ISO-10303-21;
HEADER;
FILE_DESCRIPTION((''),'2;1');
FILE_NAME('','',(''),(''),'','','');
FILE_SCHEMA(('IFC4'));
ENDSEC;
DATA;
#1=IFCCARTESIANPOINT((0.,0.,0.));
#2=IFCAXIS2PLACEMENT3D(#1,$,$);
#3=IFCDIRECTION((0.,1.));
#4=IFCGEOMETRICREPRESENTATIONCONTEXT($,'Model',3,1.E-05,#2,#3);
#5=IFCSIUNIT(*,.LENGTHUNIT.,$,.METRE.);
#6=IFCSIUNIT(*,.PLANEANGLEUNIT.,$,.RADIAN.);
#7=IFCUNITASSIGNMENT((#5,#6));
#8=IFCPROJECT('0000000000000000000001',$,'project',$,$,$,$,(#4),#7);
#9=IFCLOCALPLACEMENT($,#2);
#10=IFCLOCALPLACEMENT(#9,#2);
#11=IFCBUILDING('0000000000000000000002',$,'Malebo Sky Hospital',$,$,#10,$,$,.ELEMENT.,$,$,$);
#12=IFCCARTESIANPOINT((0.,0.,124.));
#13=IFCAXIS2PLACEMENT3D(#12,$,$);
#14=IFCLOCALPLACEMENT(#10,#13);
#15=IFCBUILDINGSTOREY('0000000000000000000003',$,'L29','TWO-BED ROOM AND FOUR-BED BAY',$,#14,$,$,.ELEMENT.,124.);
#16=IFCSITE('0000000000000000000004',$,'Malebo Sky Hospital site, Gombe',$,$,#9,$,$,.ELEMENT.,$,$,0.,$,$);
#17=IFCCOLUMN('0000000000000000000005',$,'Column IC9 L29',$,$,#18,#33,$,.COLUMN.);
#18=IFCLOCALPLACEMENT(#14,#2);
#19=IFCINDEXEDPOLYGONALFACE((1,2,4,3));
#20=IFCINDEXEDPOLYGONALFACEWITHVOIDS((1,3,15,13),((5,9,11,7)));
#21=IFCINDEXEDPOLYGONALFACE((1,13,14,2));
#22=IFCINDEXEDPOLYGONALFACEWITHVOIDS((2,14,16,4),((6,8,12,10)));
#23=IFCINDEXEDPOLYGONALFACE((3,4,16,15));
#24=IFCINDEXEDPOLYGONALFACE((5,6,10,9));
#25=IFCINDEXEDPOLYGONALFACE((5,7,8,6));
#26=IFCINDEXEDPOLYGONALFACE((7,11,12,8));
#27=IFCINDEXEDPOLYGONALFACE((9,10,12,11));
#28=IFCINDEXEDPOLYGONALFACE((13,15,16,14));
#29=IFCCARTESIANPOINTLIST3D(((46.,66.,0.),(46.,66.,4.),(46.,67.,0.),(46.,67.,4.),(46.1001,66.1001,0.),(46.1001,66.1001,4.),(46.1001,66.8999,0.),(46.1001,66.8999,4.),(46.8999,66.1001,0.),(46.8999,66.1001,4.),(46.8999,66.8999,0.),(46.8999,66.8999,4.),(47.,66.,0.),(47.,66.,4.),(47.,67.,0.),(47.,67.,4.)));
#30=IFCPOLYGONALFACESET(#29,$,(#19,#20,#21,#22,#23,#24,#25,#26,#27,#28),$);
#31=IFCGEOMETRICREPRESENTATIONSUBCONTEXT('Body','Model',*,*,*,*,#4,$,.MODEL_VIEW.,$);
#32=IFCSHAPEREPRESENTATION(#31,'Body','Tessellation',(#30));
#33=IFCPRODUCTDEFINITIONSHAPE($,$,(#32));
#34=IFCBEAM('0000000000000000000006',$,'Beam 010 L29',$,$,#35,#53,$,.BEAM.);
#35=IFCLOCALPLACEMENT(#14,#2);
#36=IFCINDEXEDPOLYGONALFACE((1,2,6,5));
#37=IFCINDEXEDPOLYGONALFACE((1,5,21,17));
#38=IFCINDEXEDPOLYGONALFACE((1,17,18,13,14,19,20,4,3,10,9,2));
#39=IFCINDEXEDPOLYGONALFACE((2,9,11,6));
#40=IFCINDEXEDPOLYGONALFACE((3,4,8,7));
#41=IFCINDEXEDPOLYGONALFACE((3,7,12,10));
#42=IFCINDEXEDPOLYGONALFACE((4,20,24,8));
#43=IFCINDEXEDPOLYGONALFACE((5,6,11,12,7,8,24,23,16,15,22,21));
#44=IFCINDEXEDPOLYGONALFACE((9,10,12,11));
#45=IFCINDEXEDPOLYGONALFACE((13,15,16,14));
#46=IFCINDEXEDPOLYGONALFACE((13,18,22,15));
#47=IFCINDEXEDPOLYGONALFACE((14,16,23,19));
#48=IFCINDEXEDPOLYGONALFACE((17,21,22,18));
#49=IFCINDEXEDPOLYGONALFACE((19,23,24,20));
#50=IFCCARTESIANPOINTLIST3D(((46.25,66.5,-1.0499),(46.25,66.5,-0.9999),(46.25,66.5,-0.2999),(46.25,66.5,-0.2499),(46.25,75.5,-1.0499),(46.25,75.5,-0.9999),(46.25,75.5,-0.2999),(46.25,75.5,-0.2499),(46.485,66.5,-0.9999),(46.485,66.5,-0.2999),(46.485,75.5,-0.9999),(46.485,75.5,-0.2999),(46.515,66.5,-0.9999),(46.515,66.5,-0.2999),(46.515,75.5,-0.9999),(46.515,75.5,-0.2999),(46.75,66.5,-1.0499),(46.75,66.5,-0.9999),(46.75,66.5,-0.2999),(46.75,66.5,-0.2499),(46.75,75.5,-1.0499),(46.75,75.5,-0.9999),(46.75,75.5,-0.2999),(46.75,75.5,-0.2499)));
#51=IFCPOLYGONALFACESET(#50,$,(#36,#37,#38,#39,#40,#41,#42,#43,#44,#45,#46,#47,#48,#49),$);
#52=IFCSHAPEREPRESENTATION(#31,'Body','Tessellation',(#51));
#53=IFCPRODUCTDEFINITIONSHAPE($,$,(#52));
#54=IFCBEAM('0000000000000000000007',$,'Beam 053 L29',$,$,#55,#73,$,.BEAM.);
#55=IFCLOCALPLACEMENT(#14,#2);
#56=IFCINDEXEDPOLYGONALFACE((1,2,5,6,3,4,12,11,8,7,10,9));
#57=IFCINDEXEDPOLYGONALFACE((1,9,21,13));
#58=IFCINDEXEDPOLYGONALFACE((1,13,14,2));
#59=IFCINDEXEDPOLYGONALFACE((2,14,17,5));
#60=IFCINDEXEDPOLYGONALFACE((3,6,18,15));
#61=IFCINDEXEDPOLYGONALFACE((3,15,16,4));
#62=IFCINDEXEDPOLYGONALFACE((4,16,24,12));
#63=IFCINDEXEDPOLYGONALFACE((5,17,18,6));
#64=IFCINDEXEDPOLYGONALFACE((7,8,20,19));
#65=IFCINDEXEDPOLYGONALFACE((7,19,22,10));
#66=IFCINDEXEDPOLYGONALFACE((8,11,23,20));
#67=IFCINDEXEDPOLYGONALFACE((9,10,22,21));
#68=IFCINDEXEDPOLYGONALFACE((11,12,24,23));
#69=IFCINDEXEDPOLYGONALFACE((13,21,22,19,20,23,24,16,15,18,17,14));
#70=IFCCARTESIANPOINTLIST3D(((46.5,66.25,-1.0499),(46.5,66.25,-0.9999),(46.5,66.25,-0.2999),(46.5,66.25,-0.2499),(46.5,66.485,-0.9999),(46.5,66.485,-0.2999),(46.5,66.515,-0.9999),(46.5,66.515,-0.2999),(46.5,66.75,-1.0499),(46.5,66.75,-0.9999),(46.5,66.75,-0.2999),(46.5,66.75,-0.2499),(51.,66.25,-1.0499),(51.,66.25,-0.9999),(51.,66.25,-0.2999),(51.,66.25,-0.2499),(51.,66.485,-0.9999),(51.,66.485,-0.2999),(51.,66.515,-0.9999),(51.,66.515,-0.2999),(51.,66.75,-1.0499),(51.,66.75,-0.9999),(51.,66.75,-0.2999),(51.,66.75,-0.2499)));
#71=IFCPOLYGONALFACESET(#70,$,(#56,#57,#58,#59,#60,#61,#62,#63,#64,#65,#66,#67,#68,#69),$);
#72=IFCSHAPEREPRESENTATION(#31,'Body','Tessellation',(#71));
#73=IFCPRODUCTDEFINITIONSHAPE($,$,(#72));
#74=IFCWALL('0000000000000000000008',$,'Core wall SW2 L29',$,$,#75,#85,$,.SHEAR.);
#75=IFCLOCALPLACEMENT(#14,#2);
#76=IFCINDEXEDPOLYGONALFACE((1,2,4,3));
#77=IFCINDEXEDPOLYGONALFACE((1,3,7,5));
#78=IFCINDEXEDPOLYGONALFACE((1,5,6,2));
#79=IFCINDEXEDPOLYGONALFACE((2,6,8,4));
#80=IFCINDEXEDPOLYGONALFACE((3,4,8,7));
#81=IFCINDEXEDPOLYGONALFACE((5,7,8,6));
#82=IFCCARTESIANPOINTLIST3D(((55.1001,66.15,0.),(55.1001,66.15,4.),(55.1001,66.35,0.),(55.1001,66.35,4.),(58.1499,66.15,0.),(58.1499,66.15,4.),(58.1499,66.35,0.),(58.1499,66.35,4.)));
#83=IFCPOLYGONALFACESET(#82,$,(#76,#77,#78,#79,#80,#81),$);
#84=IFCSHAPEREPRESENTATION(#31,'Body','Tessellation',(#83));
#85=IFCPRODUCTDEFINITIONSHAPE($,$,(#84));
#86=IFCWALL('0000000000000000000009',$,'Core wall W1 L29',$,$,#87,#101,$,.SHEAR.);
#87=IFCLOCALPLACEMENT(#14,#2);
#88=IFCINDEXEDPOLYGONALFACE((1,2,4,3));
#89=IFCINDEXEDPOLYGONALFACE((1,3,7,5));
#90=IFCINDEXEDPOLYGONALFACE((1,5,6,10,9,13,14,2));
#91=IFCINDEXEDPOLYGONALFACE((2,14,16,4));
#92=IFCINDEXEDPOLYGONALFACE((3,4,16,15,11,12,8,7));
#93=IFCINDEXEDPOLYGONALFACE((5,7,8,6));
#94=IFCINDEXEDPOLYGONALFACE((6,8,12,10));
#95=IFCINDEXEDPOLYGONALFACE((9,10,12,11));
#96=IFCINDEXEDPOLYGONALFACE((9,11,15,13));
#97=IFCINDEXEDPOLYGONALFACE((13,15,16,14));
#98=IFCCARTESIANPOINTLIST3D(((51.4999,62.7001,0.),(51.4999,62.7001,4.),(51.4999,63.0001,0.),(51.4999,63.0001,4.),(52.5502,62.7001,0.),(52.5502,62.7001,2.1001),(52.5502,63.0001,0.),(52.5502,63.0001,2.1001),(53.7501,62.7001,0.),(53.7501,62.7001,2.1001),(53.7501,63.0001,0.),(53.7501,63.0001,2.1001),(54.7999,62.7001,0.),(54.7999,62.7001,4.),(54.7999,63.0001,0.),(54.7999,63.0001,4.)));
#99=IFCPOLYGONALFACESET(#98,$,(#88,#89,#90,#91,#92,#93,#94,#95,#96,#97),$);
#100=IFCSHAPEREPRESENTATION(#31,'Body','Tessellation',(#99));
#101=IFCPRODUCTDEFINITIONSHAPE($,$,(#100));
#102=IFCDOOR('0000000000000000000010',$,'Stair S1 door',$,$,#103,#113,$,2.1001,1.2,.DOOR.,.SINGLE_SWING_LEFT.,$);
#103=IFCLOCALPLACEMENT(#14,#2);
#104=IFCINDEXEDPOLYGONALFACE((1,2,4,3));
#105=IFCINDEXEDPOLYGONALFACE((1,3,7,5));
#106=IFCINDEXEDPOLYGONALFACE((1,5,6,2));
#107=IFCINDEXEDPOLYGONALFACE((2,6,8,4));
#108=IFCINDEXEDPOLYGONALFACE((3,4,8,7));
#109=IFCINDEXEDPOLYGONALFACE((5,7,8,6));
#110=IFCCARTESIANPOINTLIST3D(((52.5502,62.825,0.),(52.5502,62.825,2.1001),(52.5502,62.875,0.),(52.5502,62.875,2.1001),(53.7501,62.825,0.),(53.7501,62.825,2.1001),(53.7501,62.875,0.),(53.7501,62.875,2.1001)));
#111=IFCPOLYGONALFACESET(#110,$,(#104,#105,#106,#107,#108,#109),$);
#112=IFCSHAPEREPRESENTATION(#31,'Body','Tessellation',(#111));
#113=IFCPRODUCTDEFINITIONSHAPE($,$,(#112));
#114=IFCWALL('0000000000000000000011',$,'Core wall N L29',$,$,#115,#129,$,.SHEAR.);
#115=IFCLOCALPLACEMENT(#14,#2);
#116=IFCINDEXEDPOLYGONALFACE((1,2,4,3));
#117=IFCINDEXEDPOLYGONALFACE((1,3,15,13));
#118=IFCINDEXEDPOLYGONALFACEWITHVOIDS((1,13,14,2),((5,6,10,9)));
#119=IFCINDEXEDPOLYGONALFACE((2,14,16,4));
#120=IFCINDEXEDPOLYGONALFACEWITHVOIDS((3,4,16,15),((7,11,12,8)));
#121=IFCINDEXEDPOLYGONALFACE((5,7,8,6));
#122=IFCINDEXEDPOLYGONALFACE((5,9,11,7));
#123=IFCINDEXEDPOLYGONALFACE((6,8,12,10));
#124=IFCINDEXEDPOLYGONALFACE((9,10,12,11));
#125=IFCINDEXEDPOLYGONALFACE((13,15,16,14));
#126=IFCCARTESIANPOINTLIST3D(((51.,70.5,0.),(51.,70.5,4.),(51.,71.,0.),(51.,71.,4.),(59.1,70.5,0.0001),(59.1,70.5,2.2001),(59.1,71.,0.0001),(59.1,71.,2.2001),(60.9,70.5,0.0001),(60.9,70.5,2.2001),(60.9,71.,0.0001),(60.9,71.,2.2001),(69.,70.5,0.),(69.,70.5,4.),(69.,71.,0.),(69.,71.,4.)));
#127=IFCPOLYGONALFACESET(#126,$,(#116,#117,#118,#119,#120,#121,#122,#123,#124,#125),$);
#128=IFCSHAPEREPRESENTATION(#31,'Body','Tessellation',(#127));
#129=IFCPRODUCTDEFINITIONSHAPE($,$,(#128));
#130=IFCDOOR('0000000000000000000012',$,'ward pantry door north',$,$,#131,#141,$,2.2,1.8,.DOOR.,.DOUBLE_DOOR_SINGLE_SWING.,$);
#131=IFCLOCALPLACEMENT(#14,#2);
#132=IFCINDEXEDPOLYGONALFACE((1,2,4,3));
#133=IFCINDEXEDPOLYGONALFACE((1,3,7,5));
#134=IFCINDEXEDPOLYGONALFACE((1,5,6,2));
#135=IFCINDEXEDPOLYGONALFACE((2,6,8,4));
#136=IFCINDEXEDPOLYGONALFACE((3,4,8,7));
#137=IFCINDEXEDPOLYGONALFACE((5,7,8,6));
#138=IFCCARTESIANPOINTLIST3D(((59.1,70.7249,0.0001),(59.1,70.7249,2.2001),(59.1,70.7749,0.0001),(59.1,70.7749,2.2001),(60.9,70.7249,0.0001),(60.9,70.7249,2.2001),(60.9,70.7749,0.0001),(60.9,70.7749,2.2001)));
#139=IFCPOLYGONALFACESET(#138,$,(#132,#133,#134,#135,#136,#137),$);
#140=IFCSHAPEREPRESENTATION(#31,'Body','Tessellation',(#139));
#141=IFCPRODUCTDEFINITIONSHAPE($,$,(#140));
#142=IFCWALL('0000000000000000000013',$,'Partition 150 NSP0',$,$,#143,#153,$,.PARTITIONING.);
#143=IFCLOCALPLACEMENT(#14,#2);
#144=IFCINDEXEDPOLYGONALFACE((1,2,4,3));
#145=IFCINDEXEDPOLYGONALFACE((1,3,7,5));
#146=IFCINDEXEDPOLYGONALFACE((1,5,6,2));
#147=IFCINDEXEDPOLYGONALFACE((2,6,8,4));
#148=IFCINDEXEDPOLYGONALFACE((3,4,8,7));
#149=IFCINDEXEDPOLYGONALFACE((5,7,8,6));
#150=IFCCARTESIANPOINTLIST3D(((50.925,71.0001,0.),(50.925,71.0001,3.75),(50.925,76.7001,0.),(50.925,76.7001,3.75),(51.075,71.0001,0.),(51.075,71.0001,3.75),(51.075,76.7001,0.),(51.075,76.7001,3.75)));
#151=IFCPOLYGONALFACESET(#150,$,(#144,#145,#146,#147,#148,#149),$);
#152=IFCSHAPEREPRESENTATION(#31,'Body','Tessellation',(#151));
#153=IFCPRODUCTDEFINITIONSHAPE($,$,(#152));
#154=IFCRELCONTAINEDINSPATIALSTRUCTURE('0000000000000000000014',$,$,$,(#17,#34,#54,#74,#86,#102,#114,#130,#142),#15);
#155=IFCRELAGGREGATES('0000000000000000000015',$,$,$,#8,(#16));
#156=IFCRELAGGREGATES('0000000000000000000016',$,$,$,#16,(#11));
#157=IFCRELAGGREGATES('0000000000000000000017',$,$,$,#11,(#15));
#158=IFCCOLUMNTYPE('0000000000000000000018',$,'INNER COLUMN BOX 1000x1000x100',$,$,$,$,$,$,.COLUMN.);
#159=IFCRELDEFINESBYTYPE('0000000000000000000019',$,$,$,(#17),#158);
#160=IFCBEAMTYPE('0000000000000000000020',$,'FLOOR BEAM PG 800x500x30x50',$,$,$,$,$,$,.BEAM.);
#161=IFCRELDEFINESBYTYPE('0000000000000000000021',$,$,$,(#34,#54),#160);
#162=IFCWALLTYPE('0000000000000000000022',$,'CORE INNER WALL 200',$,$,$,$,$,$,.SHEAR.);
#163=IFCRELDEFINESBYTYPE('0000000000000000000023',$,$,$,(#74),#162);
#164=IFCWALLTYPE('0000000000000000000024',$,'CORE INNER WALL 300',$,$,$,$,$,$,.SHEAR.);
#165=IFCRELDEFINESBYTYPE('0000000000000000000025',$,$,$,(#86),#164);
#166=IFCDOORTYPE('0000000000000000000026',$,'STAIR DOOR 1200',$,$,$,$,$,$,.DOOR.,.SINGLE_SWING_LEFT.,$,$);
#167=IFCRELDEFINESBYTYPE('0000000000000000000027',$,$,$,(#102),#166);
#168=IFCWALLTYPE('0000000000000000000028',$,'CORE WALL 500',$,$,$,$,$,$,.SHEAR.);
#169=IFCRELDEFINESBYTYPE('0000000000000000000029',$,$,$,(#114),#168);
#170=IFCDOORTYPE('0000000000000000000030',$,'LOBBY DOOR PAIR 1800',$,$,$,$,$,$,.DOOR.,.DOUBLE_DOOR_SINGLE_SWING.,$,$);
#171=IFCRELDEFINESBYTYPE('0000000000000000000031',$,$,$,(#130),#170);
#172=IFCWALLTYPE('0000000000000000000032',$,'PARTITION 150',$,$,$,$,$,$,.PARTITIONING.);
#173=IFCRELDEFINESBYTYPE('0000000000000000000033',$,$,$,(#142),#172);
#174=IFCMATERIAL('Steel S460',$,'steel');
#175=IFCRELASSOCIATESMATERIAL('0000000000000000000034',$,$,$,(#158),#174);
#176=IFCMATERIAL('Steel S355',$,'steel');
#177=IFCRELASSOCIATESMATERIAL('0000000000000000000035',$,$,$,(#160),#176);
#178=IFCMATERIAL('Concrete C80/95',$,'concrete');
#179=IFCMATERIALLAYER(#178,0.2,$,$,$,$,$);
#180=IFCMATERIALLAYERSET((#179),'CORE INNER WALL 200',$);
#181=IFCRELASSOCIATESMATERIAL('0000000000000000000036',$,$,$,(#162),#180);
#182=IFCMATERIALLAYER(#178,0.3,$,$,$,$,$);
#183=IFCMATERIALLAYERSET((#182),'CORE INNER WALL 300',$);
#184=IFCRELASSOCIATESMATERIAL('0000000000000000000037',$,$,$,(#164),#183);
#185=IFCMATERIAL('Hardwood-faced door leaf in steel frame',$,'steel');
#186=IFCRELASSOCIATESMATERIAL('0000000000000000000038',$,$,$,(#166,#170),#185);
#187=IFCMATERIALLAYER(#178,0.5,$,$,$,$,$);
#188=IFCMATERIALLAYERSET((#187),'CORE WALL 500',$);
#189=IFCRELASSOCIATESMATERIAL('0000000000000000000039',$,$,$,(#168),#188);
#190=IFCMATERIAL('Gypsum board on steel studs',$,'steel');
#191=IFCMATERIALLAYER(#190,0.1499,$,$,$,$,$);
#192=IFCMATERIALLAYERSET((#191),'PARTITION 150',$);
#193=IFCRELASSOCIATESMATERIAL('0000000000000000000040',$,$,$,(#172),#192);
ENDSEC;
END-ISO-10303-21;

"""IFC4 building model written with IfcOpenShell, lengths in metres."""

from ifc_helpers import new_model, si_unit, direction, frame, frame_2d, origin, origin_2d, place, context, subcontext, project, spatial, rectangle, hollow_rectangle, i_section, extrude, material, layer, layer_set, material_profile, profile_set, type_object, element, fill, save


model = new_model("IFC4")

# Units and contexts
model_context = context("Model", 3, precision=1e-05, world=origin(), true_north=direction((0.0, 1.0)))
body_context = subcontext(model_context, "Body", "Model", "MODEL_VIEW")
ifc_project = project(units=[si_unit("LENGTHUNIT", "METRE"), si_unit("PLANEANGLEUNIT", "RADIAN")], contexts=[model_context])

# Site, building, storey
site_placement = place(None, origin())
site = spatial("IfcSite", under=ifc_project, at=site_placement, Name="Malebo Sky Hospital site, Gombe", CompositionType="ELEMENT", RefElevation=0.0)
building_placement = place(site_placement, origin())
building = spatial("IfcBuilding", under=site, at=building_placement, Name="Malebo Sky Hospital", CompositionType="ELEMENT")
storey_placement = place(building_placement, frame((0.0, 0.0, 124.0)))
storey = spatial("IfcBuildingStorey", under=building, at=storey_placement, Name="L29", Description="TWO-BED ROOM AND FOUR-BED BAY", CompositionType="ELEMENT", Elevation=124.0)

# Column
ifc_material_1 = material(Name="Steel S460", Category="steel")
ifc_material_profile_1 = material_profile(ifc_material_1, hollow_rectangle(XDim=1.0, YDim=1.0, WallThickness=0.1001, at=origin_2d()), Name="BOX 1000x1000x100")
ifc_profile_set_1 = profile_set([ifc_material_profile_1], Name="Steel S460")
column_type = type_object("IfcColumnType", Name="INNER COLUMN BOX 1000x1000x100", PredefinedType="COLUMN", material=ifc_profile_set_1)
column_placement = place(storey_placement, frame((46.5, 66.5, 0.0), z_axis=(0.0, 0.0, 1.0), x_axis=(1.0, 0.0, 0.0)))
element("IfcColumn", 1, at=column_placement, inside=storey, type_object=column_type, Name="Column IC9 L29", PredefinedType="COLUMN", context=body_context, shape_type="SweptSolid", body=[
    extrude(hollow_rectangle(XDim=1.0, YDim=1.0, WallThickness=0.1001, at=origin_2d()), origin(), (0.0, 0.0, 1.0), 4.0),
])

# Beams
ifc_material_2 = material(Name="Steel S355", Category="steel")
ifc_material_profile_2 = material_profile(ifc_material_2, i_section(OverallWidth=0.5, OverallDepth=0.8, WebThickness=0.03, FlangeThickness=0.05, at=origin_2d()), Name="PG 800x500x30x50")
ifc_profile_set_2 = profile_set([ifc_material_profile_2], Name="Steel S355")
beam_type = type_object("IfcBeamType", Name="FLOOR BEAM PG 800x500x30x50", PredefinedType="BEAM", material=ifc_profile_set_2)
beam_1_placement = place(storey_placement, frame((46.5, 66.5, -0.6499), z_axis=(0.0, 1.0, 0.0), x_axis=(-1.0, 0.0, 0.0)))
element("IfcBeam", 2, at=beam_1_placement, inside=storey, type_object=beam_type, Name="Beam 010 L29", PredefinedType="BEAM", context=body_context, shape_type="SweptSolid", body=[
    extrude(i_section(OverallWidth=0.5, OverallDepth=0.8, WebThickness=0.03, FlangeThickness=0.05, at=origin_2d()), origin(), (0.0, 0.0, 1.0), 9.0),
])
beam_2_placement = place(storey_placement, frame((46.5, 66.5, -0.6499), z_axis=(1.0, 0.0, 0.0), x_axis=(0.0, 1.0, 0.0)))
element("IfcBeam", 3, at=beam_2_placement, inside=storey, type_object=beam_type, Name="Beam 053 L29", PredefinedType="BEAM", context=body_context, shape_type="SweptSolid", body=[
    extrude(i_section(OverallWidth=0.5, OverallDepth=0.8, WebThickness=0.03, FlangeThickness=0.05, at=origin_2d()), origin(), (0.0, 0.0, 1.0), 4.5),
])

# Wall
ifc_material_3 = material(Name="Concrete C80/95", Category="concrete")
ifc_layer_1 = layer(ifc_material_3, 0.2)
ifc_layer_set_1 = layer_set([ifc_layer_1], Name="CORE INNER WALL 200")
wall_type_1 = type_object("IfcWallType", Name="CORE INNER WALL 200", PredefinedType="SHEAR", material=ifc_layer_set_1)
wall_1_placement = place(storey_placement, frame((55.1001, 66.25, 0.0), z_axis=(0.0, 0.0, 1.0), x_axis=(1.0, 0.0, 0.0)))
element("IfcWall", 4, at=wall_1_placement, inside=storey, type_object=wall_type_1, Name="Core wall SW2 L29", PredefinedType="SHEAR", context=body_context, shape_type="SweptSolid", body=[
    extrude(rectangle(XDim=3.0498, YDim=0.2, at=frame_2d((1.5249, 0.0))), origin(), (0.0, 0.0, 1.0), 4.0),
])

# Walls, openings, doors
ifc_layer_2 = layer(ifc_material_3, 0.3)
ifc_layer_set_2 = layer_set([ifc_layer_2], Name="CORE INNER WALL 300")
wall_type_2 = type_object("IfcWallType", Name="CORE INNER WALL 300", PredefinedType="SHEAR", material=ifc_layer_set_2)
wall_2_placement = place(storey_placement, frame((51.5, 62.8501, 0.0), z_axis=(0.0, 0.0, 1.0), x_axis=(1.0, 0.0, 0.0)))
wall_2 = element("IfcWall", 5, at=wall_2_placement, inside=storey, type_object=wall_type_2, Name="Core wall W1 L29", PredefinedType="SHEAR", context=body_context, shape_type="SweptSolid", body=[
    extrude(rectangle(XDim=3.3, YDim=0.3, at=frame_2d((1.6499, 0.0))), origin(), (0.0, 0.0, 1.0), 4.0),
])
opening_1_placement = place(wall_2_placement, frame((1.05, 0.0, 0.0)))
opening_1 = element("IfcOpeningElement", 6, at=opening_1_placement, cuts=wall_2, PredefinedType="OPENING", context=body_context, shape_type="SweptSolid", body=[
    extrude(rectangle(XDim=1.2, YDim=2.1001, at=frame_2d((0.6001, 1.05))), frame((0.0, 0.1599, 0.0), z_axis=(0.0, -1.0, 0.0), x_axis=(1.0, 0.0, 0.0)), (0.0, 0.0, 1.0), 0.3201),
])
ifc_material_4 = material(Name="Hardwood-faced door leaf in steel frame", Category="steel")
door_type_1 = type_object("IfcDoorType", Name="STAIR DOOR 1200", OperationType="SINGLE_SWING_LEFT", PredefinedType="DOOR", material=ifc_material_4)
door_1_placement = place(opening_1_placement, origin())
door_1 = element("IfcDoor", 7, at=door_1_placement, inside=storey, type_object=door_type_1, Name="Stair S1 door", OperationType="SINGLE_SWING_LEFT", OverallHeight=2.1001, OverallWidth=1.2, PredefinedType="DOOR", context=body_context, shape_type="SweptSolid", body=[
    extrude(rectangle(XDim=1.2, YDim=2.1001, at=frame_2d((0.6001, 1.05))), frame((0.0, 0.0249, 0.0), z_axis=(0.0, -1.0, 0.0), x_axis=(1.0, 0.0, 0.0)), (0.0, 0.0, 1.0), 0.05),
])
fill(opening_1, door_1)
ifc_layer_3 = layer(ifc_material_3, 0.5)
ifc_layer_set_3 = layer_set([ifc_layer_3], Name="CORE WALL 500")
wall_type_3 = type_object("IfcWallType", Name="CORE WALL 500", PredefinedType="SHEAR", material=ifc_layer_set_3)
wall_3_placement = place(storey_placement, frame((51.0, 70.75, 0.0), z_axis=(0.0, 0.0, 1.0), x_axis=(1.0, 0.0, 0.0)))
wall_3 = element("IfcWall", 8, at=wall_3_placement, inside=storey, type_object=wall_type_3, Name="Core wall N L29", PredefinedType="SHEAR", context=body_context, shape_type="SweptSolid", body=[
    extrude(rectangle(XDim=18.0, YDim=0.5, at=frame_2d((9.0, 0.0))), origin(), (0.0, 0.0, 1.0), 4.0),
])
opening_2_placement = place(wall_3_placement, frame((8.1001, 0.0, 0.0)))
opening_2 = element("IfcOpeningElement", 9, at=opening_2_placement, cuts=wall_3, PredefinedType="OPENING", context=body_context, shape_type="SweptSolid", body=[
    extrude(rectangle(XDim=1.8, YDim=2.2, at=frame_2d((0.8999, 1.1001))), frame((0.0, 0.26, 0.0), z_axis=(0.0, -1.0, 0.0), x_axis=(1.0, 0.0, 0.0)), (0.0, 0.0, 1.0), 0.52),
])
door_type_2 = type_object("IfcDoorType", Name="LOBBY DOOR PAIR 1800", OperationType="DOUBLE_DOOR_SINGLE_SWING", PredefinedType="DOOR", material=ifc_material_4)
door_2_placement = place(opening_2_placement, origin())
door_2 = element("IfcDoor", 10, at=door_2_placement, inside=storey, type_object=door_type_2, Name="ward pantry door north", OperationType="DOUBLE_DOOR_SINGLE_SWING", OverallHeight=2.2, OverallWidth=1.8, PredefinedType="DOOR", context=body_context, shape_type="SweptSolid", body=[
    extrude(rectangle(XDim=1.8, YDim=2.2, at=frame_2d((0.8999, 1.1001))), frame((0.0, 0.0249, 0.0), z_axis=(0.0, -1.0, 0.0), x_axis=(1.0, 0.0, 0.0)), (0.0, 0.0, 1.0), 0.05),
])
fill(opening_2, door_2)

# Wall
ifc_material_5 = material(Name="Gypsum board on steel studs", Category="steel")
ifc_layer_4 = layer(ifc_material_5, 0.1499)
ifc_layer_set_4 = layer_set([ifc_layer_4], Name="PARTITION 150")
wall_type_4 = type_object("IfcWallType", Name="PARTITION 150", PredefinedType="PARTITIONING", material=ifc_layer_set_4)
wall_4_placement = place(storey_placement, frame((51.0, 71.0, 0.0), z_axis=(0.0, 0.0, 1.0), x_axis=(0.0, 1.0, 0.0)))
element("IfcWall", 11, at=wall_4_placement, inside=storey, type_object=wall_type_4, Name="Partition 150 NSP0", PredefinedType="PARTITIONING", context=body_context, shape_type="SweptSolid", body=[
    extrude(rectangle(XDim=5.7, YDim=0.1499, at=frame_2d((2.8501, 0.0))), origin(), (0.0, 0.0, 1.0), 3.75),
])

save(model, "model.ifc")
